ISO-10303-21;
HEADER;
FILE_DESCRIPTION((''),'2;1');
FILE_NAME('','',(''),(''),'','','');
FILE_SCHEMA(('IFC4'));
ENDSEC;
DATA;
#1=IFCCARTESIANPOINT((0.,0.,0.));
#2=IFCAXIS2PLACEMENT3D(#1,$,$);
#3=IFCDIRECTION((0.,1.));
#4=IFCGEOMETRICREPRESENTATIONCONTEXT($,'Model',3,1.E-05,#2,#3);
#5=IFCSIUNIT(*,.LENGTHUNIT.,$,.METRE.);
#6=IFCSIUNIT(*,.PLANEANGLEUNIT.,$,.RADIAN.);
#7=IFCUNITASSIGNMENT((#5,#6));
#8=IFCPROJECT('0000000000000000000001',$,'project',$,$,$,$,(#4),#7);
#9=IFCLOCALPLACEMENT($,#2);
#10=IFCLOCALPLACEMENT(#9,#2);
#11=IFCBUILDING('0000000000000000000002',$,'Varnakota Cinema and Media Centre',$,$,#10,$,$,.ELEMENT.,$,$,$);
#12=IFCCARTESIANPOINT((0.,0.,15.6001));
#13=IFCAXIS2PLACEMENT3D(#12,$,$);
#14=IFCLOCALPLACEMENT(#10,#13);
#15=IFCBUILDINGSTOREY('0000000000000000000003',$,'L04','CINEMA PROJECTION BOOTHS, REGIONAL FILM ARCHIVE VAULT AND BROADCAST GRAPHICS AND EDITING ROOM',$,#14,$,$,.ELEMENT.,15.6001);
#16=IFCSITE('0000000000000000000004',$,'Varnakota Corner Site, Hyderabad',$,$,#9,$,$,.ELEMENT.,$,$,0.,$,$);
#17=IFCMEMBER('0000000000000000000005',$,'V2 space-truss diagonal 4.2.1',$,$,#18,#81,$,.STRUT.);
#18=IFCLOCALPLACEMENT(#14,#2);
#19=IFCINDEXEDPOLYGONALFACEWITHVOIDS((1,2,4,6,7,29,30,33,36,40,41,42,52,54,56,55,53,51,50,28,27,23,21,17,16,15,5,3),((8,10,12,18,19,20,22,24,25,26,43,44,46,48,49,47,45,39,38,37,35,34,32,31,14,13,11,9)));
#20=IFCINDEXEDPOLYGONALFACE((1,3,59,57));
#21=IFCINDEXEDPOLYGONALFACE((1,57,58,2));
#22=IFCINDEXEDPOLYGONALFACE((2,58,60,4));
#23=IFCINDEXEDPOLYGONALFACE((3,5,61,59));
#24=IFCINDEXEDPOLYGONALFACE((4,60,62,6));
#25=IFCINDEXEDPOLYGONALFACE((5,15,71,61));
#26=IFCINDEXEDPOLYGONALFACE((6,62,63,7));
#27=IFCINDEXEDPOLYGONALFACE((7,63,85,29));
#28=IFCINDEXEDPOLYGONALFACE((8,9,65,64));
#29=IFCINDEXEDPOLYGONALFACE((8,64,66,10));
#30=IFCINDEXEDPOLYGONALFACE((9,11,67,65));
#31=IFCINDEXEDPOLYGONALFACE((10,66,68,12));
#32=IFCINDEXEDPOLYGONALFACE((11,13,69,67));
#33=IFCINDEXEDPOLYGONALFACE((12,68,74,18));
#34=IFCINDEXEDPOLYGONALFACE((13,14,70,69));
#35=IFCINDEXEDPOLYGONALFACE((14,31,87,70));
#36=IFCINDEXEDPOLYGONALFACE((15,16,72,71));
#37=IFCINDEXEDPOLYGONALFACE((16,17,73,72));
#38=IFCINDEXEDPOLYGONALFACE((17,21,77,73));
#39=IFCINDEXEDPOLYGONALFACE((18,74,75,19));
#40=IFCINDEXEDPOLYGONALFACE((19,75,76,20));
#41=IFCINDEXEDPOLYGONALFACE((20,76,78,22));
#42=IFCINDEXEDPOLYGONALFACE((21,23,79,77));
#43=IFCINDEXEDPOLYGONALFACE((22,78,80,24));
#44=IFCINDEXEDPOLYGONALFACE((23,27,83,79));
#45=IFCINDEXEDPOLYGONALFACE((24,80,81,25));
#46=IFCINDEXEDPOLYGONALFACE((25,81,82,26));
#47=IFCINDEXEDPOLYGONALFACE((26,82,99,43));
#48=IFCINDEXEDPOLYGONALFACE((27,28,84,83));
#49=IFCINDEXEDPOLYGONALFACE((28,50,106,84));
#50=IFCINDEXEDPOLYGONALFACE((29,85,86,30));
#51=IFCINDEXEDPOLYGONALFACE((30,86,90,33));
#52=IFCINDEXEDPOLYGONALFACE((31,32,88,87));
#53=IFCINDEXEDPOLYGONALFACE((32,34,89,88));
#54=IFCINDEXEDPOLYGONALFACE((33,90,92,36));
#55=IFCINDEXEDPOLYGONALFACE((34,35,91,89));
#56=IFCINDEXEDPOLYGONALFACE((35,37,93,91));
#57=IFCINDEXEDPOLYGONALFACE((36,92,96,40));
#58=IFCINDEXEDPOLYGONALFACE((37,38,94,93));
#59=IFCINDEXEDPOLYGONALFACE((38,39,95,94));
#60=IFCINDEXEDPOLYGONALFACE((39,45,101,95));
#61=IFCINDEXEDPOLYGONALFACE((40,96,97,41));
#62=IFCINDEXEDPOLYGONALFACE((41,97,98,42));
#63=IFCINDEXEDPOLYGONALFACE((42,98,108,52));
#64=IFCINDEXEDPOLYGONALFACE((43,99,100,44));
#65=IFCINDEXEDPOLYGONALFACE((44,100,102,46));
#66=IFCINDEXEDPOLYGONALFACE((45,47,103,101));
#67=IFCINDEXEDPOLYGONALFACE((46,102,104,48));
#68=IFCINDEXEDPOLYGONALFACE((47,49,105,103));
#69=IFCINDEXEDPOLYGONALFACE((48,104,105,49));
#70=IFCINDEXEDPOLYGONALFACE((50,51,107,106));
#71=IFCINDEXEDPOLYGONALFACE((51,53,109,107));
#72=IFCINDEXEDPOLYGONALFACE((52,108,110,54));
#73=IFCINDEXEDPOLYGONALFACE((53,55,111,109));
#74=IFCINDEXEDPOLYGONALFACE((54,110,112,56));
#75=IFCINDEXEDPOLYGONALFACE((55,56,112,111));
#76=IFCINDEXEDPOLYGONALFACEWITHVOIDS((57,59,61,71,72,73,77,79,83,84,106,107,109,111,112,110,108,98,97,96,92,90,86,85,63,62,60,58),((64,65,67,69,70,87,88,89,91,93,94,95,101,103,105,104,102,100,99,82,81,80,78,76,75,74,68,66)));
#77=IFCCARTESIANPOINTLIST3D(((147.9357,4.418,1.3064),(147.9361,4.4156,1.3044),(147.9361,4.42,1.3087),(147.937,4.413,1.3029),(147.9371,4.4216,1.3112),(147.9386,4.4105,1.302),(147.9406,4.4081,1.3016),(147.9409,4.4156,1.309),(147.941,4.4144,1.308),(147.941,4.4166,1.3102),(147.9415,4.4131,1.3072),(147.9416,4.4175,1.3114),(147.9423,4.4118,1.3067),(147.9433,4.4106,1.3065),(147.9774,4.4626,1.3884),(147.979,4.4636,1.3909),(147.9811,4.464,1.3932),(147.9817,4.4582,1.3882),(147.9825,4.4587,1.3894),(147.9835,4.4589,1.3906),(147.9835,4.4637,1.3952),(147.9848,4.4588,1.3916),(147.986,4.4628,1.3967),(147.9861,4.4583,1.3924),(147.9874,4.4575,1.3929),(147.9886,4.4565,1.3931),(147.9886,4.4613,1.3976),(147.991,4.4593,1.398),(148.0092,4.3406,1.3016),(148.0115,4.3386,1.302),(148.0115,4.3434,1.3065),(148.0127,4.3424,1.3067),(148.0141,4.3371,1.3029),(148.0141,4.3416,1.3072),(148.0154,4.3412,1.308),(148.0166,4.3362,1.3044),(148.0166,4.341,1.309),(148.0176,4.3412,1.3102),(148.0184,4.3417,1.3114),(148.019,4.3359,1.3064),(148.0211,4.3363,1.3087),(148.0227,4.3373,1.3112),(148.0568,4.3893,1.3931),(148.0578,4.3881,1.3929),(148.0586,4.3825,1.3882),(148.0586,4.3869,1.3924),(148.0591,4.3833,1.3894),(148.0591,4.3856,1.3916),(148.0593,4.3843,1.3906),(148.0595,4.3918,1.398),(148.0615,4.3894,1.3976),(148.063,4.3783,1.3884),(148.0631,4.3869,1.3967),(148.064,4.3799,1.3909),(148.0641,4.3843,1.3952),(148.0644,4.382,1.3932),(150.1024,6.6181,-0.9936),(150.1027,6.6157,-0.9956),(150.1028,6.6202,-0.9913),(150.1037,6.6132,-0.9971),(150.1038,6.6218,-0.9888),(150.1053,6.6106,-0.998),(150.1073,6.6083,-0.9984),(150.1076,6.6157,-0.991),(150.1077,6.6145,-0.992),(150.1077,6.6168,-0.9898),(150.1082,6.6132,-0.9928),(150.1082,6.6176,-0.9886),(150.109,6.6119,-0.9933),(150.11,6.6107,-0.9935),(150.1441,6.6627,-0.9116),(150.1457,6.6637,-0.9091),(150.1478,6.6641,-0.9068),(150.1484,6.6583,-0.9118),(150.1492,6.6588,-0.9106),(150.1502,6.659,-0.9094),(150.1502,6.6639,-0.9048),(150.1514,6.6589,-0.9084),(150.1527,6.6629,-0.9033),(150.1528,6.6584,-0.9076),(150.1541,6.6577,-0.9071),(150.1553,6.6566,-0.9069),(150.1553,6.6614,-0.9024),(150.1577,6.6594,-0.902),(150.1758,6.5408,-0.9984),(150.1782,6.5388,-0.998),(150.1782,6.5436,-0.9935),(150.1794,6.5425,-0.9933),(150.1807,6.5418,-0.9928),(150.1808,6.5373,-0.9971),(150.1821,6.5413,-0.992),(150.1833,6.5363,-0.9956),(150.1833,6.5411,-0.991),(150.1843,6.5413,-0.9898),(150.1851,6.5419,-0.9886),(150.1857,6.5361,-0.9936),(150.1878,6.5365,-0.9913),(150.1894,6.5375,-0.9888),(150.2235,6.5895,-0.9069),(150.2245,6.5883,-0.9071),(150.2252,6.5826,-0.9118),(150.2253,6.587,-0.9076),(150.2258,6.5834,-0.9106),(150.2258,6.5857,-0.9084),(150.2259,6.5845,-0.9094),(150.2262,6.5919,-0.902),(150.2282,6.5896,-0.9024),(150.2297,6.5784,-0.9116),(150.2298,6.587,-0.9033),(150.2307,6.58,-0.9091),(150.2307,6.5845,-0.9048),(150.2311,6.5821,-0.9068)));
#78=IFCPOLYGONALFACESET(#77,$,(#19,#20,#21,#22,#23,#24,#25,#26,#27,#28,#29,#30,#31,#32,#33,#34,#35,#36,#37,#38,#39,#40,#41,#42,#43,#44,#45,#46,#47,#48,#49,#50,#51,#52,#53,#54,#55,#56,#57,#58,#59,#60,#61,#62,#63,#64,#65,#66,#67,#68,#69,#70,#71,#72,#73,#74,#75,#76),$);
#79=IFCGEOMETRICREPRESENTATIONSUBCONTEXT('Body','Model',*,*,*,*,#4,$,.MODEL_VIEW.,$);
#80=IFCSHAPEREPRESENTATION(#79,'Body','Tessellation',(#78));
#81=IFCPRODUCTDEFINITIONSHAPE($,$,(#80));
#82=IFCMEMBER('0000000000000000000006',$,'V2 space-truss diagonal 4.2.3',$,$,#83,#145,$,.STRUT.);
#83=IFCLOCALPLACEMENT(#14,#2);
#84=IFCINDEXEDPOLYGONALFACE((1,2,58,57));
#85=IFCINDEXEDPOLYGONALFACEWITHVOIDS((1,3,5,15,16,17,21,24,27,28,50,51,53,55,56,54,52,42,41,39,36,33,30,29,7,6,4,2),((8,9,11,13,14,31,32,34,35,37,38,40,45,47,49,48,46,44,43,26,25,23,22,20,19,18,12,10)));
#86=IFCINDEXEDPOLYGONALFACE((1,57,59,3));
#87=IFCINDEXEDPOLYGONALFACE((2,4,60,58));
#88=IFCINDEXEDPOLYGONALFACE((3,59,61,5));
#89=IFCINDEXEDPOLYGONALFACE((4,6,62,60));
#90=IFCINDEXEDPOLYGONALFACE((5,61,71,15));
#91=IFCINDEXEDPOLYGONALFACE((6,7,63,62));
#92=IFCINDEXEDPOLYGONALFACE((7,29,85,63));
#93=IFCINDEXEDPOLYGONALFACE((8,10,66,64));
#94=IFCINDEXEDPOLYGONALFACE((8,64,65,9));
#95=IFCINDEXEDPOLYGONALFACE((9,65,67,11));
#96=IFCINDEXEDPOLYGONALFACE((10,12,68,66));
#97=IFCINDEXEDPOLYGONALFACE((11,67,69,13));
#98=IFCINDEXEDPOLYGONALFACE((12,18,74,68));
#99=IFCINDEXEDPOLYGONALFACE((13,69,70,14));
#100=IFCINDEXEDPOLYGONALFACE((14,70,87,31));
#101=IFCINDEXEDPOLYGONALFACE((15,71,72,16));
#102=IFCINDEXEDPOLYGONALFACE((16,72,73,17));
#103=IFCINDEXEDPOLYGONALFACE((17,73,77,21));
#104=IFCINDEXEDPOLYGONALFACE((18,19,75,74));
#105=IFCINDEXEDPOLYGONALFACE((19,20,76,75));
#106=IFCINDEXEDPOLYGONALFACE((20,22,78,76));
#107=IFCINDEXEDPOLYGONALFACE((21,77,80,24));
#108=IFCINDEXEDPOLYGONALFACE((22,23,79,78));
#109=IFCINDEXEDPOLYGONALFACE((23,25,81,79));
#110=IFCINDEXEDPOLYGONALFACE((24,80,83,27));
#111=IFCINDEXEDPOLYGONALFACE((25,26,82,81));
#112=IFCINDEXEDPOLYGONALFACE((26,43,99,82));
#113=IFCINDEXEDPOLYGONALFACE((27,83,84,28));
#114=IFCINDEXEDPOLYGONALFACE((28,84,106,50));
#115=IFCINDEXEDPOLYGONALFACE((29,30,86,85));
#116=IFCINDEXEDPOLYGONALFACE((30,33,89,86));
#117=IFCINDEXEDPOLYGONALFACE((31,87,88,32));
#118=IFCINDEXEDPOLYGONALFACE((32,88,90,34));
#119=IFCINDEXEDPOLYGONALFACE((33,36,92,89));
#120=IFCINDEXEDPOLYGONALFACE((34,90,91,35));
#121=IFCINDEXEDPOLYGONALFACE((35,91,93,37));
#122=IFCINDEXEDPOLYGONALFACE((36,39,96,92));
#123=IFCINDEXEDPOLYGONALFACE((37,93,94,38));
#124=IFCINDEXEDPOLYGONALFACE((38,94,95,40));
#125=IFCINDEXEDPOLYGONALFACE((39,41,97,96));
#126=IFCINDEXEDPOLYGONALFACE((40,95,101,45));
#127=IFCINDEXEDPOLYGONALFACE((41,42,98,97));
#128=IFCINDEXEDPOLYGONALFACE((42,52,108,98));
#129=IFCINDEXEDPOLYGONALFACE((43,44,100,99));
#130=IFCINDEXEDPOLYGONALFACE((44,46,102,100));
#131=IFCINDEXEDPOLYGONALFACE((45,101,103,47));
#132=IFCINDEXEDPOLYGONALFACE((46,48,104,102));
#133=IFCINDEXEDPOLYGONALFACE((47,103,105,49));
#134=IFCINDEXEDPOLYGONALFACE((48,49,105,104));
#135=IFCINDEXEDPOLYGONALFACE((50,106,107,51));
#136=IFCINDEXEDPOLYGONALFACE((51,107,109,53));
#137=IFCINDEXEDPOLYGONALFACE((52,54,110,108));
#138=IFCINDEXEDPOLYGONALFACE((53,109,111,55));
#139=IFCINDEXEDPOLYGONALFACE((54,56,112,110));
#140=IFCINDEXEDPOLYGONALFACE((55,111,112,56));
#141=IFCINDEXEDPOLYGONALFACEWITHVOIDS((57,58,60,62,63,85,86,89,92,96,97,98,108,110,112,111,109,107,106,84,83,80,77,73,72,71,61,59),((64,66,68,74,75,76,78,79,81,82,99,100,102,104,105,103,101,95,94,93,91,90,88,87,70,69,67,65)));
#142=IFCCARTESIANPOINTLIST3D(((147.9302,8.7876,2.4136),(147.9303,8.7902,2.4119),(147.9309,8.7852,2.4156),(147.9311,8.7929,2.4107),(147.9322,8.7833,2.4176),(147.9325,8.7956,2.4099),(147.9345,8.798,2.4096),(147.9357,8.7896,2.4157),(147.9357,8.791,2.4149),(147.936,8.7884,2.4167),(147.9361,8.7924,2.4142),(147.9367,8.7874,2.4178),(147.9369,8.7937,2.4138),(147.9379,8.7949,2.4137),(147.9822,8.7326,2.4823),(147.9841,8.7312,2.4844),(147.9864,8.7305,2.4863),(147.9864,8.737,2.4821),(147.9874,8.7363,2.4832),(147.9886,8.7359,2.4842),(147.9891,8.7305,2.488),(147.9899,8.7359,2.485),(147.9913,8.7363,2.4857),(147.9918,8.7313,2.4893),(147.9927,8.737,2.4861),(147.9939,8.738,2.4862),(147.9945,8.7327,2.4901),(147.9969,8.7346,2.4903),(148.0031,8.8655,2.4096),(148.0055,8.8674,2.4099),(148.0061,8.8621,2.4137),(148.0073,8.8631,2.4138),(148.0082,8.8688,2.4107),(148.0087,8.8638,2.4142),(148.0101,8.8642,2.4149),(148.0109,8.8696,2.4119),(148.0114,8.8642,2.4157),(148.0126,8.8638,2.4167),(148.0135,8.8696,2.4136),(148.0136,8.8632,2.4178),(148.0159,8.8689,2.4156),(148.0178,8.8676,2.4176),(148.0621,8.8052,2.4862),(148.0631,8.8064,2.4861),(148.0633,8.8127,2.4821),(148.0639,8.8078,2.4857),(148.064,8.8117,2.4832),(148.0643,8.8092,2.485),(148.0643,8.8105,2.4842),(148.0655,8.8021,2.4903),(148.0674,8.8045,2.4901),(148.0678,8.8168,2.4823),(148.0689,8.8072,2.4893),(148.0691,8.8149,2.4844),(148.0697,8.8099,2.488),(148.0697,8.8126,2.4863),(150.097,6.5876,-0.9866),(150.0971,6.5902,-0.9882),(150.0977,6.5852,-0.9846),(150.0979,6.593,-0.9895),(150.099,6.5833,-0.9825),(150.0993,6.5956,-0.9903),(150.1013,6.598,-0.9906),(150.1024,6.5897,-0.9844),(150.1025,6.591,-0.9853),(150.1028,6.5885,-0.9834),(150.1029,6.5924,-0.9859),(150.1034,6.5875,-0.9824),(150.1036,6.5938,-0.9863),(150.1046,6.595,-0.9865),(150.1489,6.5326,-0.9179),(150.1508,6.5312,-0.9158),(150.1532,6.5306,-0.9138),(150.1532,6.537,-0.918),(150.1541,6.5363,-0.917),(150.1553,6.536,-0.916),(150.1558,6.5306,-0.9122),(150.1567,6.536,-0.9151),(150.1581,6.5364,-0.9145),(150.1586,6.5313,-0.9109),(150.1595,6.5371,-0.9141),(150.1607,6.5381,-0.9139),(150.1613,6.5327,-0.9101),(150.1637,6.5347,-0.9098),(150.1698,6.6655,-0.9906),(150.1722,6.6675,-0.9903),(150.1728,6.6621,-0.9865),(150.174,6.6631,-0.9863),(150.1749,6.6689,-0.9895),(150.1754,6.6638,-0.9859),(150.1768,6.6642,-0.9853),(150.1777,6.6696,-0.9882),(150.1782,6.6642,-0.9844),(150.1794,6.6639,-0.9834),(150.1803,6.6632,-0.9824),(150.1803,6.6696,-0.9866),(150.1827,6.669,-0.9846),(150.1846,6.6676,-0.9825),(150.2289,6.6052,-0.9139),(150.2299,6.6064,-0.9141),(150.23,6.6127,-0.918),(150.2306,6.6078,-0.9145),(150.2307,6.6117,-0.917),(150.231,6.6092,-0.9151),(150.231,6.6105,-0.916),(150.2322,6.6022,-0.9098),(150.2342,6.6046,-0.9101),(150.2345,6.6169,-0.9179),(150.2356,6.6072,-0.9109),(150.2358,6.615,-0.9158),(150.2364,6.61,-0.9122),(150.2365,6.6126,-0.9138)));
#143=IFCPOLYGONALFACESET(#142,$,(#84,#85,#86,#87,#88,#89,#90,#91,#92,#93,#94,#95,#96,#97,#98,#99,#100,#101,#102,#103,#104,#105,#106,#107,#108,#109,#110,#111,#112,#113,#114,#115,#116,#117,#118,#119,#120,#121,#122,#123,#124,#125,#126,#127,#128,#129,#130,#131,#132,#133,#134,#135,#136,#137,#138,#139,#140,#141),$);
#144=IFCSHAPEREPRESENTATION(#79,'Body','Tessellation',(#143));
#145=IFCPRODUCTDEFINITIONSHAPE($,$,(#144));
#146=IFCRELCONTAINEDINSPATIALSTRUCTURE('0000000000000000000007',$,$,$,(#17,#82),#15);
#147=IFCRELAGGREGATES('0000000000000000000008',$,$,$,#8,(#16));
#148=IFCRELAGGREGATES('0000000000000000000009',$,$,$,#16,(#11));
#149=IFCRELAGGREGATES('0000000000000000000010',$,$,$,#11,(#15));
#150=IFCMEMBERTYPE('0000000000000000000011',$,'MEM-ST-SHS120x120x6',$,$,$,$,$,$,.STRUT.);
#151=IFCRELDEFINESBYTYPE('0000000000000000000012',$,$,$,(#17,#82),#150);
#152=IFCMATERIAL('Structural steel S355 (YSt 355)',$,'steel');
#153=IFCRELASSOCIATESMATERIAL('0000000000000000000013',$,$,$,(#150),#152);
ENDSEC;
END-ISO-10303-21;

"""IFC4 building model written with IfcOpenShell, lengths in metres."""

from ifc_helpers import new_model, si_unit, direction, frame, origin, origin_2d, place, context, subcontext, project, spatial, hollow_rectangle, extrude, material, material_profile, profile_set, type_object, element, save


model = new_model("IFC4")

# Units and contexts
model_context = context("Model", 3, precision=1e-05, world=origin(), true_north=direction((0.0, 1.0)))
body_context = subcontext(model_context, "Body", "Model", "MODEL_VIEW")
ifc_project = project(units=[si_unit("LENGTHUNIT", "METRE"), si_unit("PLANEANGLEUNIT", "RADIAN")], contexts=[model_context])

# Site, building, storey
site_placement = place(None, origin())
site = spatial("IfcSite", under=ifc_project, at=site_placement, Name="Varnakota Corner Site, Hyderabad", CompositionType="ELEMENT", RefElevation=0.0)
building_placement = place(site_placement, origin())
building = spatial("IfcBuilding", under=site, at=building_placement, Name="Varnakota Cinema and Media Centre", CompositionType="ELEMENT")
storey_placement = place(building_placement, frame((0.0, 0.0, 15.6001)))
storey = spatial("IfcBuildingStorey", under=building, at=storey_placement, Name="L04", Description="CINEMA PROJECTION BOOTHS, REGIONAL FILM ARCHIVE VAULT AND BROADCAST GRAPHICS AND EDITING ROOM", CompositionType="ELEMENT", Elevation=15.6001)

# Members
ifc_material_1 = material(Name="Structural steel S355 (YSt 355)", Category="steel")
ifc_material_profile_1 = material_profile(ifc_material_1, hollow_rectangle(XDim=0.1201, YDim=0.1201, WallThickness=0.0061, InnerFilletRadius=0.0061, OuterFilletRadius=0.012, at=origin_2d()), Name="SHS 120x120x6")
ifc_profile_set_1 = profile_set([ifc_material_profile_1], Name="Structural steel S355 (YSt 355)")
member_type_1 = type_object("IfcMemberType", Name="MEM-ST-SHS120x120x6", PredefinedType="STRUT", material=ifc_profile_set_1)
member_1_placement = place(storey_placement, frame((150.1667, 6.6001, -0.9502), z_axis=(-0.562728, -0.571414, 0.597347), x_axis=(0.712502, -0.70167, 0.0)))
element("IfcMember", 1, at=member_1_placement, inside=storey, type_object=member_type_1, Name="V2 space-truss diagonal 4.2.1", PredefinedType="STRUT", context=body_context, shape_type="SweptSolid", body=[
    extrude(hollow_rectangle(XDim=0.1201, YDim=0.1201, WallThickness=0.0061, InnerFilletRadius=0.0061, OuterFilletRadius=0.012, at=origin_2d()), origin(), (0.0, 0.0, 1.0), 3.8503),
])
member_2_placement = place(storey_placement, frame((150.1667, 6.6001, -0.9502), z_axis=(-0.471751, 0.47898, 0.74029), x_axis=(-0.712463, -0.70171, 0.0)))
element("IfcMember", 2, at=member_2_placement, inside=storey, type_object=member_type_1, Name="V2 space-truss diagonal 4.2.3", PredefinedType="STRUT", context=body_context, shape_type="SweptSolid", body=[
    extrude(hollow_rectangle(XDim=0.1201, YDim=0.1201, WallThickness=0.0061, InnerFilletRadius=0.0061, OuterFilletRadius=0.012, at=origin_2d()), origin(), (0.0, 0.0, 1.0), 4.593),
])

save(model, "model.ifc")
